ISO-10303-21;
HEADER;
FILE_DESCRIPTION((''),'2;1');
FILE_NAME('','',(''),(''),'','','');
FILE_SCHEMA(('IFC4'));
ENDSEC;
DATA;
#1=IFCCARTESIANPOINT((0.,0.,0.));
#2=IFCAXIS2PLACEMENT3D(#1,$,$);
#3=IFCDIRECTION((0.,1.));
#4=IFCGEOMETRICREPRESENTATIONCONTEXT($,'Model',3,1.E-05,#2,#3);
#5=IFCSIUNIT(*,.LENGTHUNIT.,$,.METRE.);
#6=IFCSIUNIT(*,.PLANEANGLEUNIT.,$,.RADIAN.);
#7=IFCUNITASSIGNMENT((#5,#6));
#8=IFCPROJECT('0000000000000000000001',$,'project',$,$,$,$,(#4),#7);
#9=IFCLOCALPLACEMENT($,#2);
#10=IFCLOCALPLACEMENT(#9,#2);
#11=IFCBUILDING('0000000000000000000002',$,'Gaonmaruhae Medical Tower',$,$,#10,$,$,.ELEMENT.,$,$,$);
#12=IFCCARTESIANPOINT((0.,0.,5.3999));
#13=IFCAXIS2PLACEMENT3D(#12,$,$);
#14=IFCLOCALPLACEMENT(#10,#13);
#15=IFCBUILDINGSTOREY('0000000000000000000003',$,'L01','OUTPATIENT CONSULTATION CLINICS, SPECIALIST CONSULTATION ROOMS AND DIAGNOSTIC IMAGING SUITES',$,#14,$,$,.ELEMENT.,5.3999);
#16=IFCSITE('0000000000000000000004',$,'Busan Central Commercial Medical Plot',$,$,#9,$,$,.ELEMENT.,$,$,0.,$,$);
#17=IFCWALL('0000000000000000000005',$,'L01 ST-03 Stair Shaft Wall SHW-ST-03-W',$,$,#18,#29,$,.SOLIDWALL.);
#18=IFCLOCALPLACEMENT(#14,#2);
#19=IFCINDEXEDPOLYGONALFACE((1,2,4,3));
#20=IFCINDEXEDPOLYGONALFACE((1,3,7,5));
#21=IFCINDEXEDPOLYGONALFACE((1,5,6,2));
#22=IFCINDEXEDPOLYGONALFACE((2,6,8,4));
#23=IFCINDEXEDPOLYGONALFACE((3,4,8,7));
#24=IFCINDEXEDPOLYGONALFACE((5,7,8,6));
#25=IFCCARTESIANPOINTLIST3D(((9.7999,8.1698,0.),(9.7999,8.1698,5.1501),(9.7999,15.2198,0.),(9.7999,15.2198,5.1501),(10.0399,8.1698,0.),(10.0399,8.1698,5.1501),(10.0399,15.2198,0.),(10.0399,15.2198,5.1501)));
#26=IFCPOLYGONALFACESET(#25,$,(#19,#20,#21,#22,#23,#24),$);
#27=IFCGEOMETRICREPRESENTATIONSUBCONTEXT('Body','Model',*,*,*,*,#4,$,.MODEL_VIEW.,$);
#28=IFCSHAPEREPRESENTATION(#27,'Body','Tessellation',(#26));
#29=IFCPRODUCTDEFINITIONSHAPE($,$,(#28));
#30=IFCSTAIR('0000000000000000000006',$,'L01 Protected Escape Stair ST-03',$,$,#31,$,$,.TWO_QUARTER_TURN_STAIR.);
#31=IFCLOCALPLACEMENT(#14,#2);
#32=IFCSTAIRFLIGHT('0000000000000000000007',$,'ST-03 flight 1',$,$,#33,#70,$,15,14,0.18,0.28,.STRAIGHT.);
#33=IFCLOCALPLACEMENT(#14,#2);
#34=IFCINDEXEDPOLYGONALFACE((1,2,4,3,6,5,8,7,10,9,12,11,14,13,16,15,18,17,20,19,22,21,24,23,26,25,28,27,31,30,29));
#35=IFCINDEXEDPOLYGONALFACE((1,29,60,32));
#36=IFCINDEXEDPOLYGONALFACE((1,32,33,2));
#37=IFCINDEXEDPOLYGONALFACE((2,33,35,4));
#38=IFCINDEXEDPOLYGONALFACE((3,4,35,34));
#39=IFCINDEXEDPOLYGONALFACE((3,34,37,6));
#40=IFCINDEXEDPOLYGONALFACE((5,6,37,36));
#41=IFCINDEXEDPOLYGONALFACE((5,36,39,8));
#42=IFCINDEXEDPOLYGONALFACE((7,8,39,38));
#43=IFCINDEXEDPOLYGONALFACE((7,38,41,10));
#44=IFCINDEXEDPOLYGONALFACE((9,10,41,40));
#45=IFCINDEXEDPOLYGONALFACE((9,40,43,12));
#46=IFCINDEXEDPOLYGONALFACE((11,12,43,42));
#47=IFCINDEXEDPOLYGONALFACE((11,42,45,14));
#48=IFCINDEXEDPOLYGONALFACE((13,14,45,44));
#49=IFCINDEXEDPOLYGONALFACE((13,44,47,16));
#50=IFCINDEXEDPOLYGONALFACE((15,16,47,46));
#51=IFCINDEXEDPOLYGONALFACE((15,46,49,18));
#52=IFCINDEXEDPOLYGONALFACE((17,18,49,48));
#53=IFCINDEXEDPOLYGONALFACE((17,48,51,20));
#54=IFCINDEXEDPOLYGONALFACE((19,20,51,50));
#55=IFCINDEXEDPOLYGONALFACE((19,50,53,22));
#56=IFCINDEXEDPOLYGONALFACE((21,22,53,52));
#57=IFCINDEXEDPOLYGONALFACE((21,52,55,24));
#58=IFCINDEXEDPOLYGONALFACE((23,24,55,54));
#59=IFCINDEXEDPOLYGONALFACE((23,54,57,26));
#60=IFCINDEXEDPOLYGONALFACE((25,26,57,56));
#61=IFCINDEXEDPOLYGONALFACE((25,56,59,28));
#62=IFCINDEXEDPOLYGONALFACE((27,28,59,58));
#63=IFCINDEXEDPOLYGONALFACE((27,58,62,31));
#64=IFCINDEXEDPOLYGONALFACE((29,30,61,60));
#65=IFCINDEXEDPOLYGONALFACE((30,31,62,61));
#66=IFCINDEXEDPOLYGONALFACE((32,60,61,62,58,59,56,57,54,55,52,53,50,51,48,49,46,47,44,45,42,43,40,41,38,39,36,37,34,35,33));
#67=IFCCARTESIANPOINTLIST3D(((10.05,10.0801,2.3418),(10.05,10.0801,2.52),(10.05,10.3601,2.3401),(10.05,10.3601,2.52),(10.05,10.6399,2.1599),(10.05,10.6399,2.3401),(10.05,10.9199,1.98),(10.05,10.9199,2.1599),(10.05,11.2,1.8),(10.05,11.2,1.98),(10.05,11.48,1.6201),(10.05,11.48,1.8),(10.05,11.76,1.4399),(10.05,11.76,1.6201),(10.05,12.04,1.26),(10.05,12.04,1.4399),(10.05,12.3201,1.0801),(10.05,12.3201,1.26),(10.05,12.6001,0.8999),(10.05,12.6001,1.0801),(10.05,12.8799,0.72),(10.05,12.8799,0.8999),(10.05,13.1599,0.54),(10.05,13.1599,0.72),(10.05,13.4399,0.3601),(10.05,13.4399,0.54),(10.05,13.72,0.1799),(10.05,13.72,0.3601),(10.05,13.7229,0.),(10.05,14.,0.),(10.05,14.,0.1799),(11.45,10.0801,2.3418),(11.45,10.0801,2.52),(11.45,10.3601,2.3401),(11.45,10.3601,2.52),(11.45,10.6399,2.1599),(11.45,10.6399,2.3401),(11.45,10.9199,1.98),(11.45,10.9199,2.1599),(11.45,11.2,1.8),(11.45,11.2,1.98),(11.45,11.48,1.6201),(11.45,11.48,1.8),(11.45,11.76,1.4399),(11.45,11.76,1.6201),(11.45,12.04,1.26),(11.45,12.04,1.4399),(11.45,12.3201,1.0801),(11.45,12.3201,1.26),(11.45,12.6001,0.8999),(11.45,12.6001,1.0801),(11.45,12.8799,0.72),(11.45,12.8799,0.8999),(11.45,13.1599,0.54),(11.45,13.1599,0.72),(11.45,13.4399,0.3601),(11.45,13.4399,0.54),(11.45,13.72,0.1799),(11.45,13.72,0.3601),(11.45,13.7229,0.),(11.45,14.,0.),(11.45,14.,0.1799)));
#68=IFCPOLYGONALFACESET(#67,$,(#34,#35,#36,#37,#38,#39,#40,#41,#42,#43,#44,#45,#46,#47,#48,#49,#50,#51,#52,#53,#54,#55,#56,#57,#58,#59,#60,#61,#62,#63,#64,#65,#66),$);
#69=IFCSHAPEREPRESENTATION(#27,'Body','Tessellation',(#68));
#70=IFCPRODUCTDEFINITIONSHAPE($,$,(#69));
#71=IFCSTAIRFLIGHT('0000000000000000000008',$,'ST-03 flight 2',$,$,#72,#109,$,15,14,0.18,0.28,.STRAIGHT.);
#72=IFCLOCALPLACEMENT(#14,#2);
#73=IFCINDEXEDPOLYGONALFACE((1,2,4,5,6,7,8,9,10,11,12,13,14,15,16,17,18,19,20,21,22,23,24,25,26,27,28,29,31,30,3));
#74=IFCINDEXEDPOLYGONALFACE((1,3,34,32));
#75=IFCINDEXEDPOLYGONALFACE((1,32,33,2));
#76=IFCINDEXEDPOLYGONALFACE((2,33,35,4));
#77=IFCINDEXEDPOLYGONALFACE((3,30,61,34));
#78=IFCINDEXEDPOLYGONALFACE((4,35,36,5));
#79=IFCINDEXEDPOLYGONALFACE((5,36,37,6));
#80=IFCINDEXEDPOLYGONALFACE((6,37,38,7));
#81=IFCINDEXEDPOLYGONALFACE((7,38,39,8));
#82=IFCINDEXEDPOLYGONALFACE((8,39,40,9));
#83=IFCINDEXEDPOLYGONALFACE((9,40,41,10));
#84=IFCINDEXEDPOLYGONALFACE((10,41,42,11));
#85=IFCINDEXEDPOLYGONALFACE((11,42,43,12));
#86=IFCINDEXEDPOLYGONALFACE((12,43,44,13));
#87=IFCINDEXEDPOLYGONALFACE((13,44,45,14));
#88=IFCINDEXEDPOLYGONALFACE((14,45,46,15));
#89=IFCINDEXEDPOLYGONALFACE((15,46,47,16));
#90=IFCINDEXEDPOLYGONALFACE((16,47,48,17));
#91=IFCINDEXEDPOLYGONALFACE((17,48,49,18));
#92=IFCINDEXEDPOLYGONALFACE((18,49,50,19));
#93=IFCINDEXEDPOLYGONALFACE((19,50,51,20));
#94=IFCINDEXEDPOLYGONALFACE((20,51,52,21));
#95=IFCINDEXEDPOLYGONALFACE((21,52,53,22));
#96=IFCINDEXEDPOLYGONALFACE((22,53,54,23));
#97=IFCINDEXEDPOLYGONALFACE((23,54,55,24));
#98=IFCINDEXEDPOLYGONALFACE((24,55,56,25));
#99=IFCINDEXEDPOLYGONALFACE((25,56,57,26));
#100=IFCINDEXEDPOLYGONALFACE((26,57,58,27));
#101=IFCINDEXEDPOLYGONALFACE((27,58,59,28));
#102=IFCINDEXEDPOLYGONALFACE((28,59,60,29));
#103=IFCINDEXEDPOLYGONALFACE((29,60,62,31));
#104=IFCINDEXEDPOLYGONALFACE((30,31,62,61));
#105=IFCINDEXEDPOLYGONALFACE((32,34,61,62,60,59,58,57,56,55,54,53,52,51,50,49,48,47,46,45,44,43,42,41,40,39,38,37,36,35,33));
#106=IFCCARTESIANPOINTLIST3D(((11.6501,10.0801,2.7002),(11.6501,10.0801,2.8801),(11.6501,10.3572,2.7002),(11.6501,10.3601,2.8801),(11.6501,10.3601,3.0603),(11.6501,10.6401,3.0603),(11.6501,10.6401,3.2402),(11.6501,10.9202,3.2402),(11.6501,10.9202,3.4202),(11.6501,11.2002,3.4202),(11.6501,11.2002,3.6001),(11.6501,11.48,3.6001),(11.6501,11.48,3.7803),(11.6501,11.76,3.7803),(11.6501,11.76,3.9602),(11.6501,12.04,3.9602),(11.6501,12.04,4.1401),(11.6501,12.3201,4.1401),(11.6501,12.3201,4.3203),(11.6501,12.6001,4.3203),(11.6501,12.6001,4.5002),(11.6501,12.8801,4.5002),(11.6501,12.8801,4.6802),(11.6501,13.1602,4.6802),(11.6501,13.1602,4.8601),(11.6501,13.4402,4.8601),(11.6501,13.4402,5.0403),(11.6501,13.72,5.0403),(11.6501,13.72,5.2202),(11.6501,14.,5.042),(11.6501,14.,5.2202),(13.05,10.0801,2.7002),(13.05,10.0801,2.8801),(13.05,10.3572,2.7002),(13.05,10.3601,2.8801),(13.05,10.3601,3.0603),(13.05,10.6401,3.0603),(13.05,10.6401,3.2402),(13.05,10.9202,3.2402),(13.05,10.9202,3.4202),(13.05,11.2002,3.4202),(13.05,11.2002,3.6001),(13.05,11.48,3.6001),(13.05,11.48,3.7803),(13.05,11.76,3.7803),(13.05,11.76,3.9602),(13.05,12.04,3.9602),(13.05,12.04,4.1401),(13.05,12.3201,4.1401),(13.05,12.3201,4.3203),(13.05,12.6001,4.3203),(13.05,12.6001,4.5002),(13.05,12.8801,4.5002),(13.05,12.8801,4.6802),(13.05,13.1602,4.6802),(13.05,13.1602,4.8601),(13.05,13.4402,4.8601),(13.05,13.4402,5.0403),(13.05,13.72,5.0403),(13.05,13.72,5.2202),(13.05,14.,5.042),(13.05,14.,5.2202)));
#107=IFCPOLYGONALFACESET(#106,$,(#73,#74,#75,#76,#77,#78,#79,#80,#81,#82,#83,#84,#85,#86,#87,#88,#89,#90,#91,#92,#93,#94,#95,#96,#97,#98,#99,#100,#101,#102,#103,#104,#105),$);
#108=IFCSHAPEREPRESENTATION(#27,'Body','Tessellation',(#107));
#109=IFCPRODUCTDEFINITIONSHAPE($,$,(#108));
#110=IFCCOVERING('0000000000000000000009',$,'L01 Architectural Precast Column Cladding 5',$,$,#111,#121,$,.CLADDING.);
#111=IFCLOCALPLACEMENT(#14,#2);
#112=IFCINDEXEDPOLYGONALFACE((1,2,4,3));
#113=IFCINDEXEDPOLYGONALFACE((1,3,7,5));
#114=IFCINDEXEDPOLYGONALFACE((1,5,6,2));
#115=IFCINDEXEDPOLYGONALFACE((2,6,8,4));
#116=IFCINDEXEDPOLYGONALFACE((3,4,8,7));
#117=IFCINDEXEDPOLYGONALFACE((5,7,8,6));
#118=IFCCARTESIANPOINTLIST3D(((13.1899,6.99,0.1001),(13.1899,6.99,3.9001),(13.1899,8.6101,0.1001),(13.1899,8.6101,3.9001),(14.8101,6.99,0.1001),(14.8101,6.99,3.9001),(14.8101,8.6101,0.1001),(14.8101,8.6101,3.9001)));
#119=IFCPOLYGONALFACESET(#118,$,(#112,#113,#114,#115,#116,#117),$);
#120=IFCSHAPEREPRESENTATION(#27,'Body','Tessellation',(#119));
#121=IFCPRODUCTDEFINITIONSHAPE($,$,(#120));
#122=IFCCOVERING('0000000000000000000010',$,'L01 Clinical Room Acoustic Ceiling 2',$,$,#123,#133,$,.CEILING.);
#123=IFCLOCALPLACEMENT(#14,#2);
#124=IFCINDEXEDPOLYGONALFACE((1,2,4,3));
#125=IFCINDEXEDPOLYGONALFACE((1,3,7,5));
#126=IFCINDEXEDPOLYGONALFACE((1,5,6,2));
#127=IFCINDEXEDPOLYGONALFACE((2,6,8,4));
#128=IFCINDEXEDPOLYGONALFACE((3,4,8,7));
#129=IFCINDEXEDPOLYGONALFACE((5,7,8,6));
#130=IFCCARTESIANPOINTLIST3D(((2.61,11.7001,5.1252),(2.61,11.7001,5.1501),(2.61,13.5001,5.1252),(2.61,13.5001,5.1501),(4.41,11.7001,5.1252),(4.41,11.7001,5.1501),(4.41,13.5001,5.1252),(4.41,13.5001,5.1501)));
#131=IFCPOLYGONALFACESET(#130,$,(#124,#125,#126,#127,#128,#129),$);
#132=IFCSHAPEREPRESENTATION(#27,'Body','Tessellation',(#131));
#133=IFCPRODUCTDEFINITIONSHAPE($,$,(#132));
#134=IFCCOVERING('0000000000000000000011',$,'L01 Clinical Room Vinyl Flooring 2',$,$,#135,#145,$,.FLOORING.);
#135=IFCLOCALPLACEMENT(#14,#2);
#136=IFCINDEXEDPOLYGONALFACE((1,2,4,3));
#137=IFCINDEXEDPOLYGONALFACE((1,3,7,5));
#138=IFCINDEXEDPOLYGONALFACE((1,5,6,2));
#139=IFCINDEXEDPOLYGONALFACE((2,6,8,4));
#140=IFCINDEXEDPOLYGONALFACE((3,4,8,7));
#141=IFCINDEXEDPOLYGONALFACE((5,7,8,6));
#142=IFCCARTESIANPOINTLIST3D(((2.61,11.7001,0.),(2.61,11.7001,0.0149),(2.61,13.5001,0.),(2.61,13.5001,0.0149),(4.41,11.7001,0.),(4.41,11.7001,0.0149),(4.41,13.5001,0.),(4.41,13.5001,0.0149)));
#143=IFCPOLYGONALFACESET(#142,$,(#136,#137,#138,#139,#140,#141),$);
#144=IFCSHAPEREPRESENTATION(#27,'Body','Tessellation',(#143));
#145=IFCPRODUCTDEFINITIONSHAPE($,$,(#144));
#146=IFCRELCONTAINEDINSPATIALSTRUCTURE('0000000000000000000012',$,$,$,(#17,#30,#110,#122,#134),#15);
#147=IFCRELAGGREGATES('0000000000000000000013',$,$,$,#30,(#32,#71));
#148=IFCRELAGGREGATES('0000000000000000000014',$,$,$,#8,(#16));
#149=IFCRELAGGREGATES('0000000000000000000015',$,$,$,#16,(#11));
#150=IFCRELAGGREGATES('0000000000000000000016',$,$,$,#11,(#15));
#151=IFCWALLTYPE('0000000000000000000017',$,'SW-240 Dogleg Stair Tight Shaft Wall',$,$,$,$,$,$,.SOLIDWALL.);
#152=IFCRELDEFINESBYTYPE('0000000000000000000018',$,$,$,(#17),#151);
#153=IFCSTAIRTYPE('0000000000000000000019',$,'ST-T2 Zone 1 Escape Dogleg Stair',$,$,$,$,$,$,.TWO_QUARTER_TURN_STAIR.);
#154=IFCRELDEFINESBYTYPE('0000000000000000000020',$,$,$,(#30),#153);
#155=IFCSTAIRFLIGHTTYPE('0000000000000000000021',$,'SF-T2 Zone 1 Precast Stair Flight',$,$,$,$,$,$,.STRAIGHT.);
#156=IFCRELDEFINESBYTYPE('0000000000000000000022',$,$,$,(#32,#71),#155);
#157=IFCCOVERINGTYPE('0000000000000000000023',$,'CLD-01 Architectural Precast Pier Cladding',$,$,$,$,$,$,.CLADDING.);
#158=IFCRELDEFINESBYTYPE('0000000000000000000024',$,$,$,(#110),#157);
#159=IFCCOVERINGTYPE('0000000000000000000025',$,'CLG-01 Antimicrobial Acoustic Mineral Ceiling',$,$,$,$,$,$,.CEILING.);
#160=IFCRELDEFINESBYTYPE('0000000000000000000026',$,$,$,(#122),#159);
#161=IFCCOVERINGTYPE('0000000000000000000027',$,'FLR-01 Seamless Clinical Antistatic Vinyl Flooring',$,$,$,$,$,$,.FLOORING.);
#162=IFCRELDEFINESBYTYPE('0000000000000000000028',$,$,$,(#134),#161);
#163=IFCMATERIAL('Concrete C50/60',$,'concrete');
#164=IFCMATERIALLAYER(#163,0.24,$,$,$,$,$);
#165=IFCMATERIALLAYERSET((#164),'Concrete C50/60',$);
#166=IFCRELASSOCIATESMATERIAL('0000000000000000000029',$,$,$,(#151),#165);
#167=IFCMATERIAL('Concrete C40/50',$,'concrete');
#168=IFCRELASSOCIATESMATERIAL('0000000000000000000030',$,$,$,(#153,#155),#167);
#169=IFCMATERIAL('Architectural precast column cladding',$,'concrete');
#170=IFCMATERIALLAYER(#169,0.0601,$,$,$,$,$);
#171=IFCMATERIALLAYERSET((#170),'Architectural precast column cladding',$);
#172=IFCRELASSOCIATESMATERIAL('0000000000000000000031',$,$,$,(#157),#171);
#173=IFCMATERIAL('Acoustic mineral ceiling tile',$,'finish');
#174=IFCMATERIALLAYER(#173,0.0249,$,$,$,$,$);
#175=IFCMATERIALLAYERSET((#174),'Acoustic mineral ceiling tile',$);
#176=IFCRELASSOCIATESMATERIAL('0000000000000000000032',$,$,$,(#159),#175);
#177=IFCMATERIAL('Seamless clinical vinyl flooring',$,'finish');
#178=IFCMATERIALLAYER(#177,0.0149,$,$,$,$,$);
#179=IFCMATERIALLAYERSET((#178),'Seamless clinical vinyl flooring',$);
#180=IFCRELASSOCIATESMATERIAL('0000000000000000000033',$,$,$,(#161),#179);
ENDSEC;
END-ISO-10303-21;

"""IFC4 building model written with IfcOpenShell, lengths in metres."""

from ifc_helpers import new_model, si_unit, direction, frame, frame_2d, origin, origin_2d, place, context, subcontext, project, spatial, polyline, rectangle, outline, extrude, material, layer, layer_set, type_object, element, aggregate, save


model = new_model("IFC4")

# Units and contexts
model_context = context("Model", 3, precision=1e-05, world=origin(), true_north=direction((0.0, 1.0)))
body_context = subcontext(model_context, "Body", "Model", "MODEL_VIEW")
ifc_project = project(units=[si_unit("LENGTHUNIT", "METRE"), si_unit("PLANEANGLEUNIT", "RADIAN")], contexts=[model_context])

# Site, building, storey
site_placement = place(None, origin())
site = spatial("IfcSite", under=ifc_project, at=site_placement, Name="Busan Central Commercial Medical Plot", CompositionType="ELEMENT", RefElevation=0.0)
building_placement = place(site_placement, origin())
building = spatial("IfcBuilding", under=site, at=building_placement, Name="Gaonmaruhae Medical Tower", CompositionType="ELEMENT")
storey_placement = place(building_placement, frame((0.0, 0.0, 5.3999)))
storey = spatial("IfcBuildingStorey", under=building, at=storey_placement, Name="L01", Description="OUTPATIENT CONSULTATION CLINICS, SPECIALIST CONSULTATION ROOMS AND DIAGNOSTIC IMAGING SUITES", CompositionType="ELEMENT", Elevation=5.3999)

# Shared definitions
ifc_material_1 = material(Name="Concrete C50/60", Category="concrete")

# Shared definitions
ifc_layer_1 = layer(ifc_material_1, 0.24)
ifc_layer_set_1 = layer_set([ifc_layer_1], Name="Concrete C50/60")
wall_type_1 = type_object("IfcWallType", Name="SW-240 Dogleg Stair Tight Shaft Wall", PredefinedType="SOLIDWALL", material=ifc_layer_set_1)

# Wall
wall_1_placement = place(storey_placement, frame((9.9199, 8.1699, 0.0), z_axis=(0.0, 0.0, 1.0), x_axis=(0.0, 1.0, 0.0)))
element("IfcWall", 1, at=wall_1_placement, inside=storey, type_object=wall_type_1, Name="L01 ST-03 Stair Shaft Wall SHW-ST-03-W", PredefinedType="SOLIDWALL", context=body_context, shape_type="SweptSolid", body=[
    extrude(rectangle(XDim=7.05, YDim=0.24, at=frame_2d((3.5249, 0.0))), origin(), (0.0, 0.0, 1.0), 5.1501),
])

# Stair, stair flights
ifc_material_2 = material(Name="Concrete C40/50", Category="concrete")
stair_type = type_object("IfcStairType", Name="ST-T2 Zone 1 Escape Dogleg Stair", PredefinedType="TWO_QUARTER_TURN_STAIR", material=ifc_material_2)
stair_placement = place(storey_placement, origin())
stair = element("IfcStair", 2, at=stair_placement, inside=storey, type_object=stair_type, Name="L01 Protected Escape Stair ST-03", PredefinedType="TWO_QUARTER_TURN_STAIR")
stair_flight_type = type_object("IfcStairFlightType", Name="SF-T2 Zone 1 Precast Stair Flight", PredefinedType="STRAIGHT", material=ifc_material_2)
stair_flight_1_placement = place(storey_placement, frame((10.75, 14.0, 0.0), z_axis=(0.0, 0.0, 1.0), x_axis=(0.0, -1.0, 0.0)))
stair_flight_1 = element("IfcStairFlight", 3, at=stair_flight_1_placement, type_object=stair_flight_type, Name="ST-03 flight 1", NumberOfRisers=15, NumberOfTreads=14, PredefinedType="STRAIGHT", RiserHeight=0.18, TreadLength=0.28, context=body_context, shape_type="SweptSolid", body=[
    extrude(outline(polyline([(0.0, 0.0), (0.0, 0.1799), (0.28, 0.1799), (0.28, 0.3601), (0.5601, 0.3601), (0.5601, 0.54), (0.8401, 0.54), (0.8401, 0.72), (1.1201, 0.72), (1.1201, 0.8999), (1.3999, 0.8999), (1.3999, 1.0801), (1.6799, 1.0801), (1.6799, 1.26), (1.96, 1.26), (1.96, 1.4399), (2.24, 1.4399), (2.24, 1.6201), (2.52, 1.6201), (2.52, 1.8), (2.8, 1.8), (2.8, 1.98), (3.0801, 1.98), (3.0801, 2.1599), (3.3601, 2.1599), (3.3601, 2.3401), (3.6399, 2.3401), (3.6399, 2.52), (3.9199, 2.52), (3.9199, 2.7), (3.9199, 2.3418), (0.2771, 0.0), (0.0, 0.0)])), frame((0.0, 0.7, 0.0), z_axis=(0.0, -1.0, 0.0), x_axis=(1.0, 0.0, 0.0)), (0.0, 0.0, 1.0), 1.3999),
])
stair_flight_2_placement = place(storey_placement, frame((12.3501, 10.0801, 2.7002), z_axis=(0.0, 0.0, 1.0), x_axis=(0.0, 1.0, 0.0)))
stair_flight_2 = element("IfcStairFlight", 4, at=stair_flight_2_placement, type_object=stair_flight_type, Name="ST-03 flight 2", NumberOfRisers=15, NumberOfTreads=14, PredefinedType="STRAIGHT", RiserHeight=0.18, TreadLength=0.28, context=body_context, shape_type="SweptSolid", body=[
    extrude(outline(polyline([(0.0, 0.0), (0.0, 0.1799), (0.28, 0.1799), (0.28, 0.3601), (0.5601, 0.3601), (0.5601, 0.54), (0.8401, 0.54), (0.8401, 0.72), (1.1201, 0.72), (1.1201, 0.8999), (1.3999, 0.8999), (1.3999, 1.0801), (1.6799, 1.0801), (1.6799, 1.26), (1.96, 1.26), (1.96, 1.4399), (2.24, 1.4399), (2.24, 1.6201), (2.52, 1.6201), (2.52, 1.8), (2.8, 1.8), (2.8, 1.98), (3.0801, 1.98), (3.0801, 2.1599), (3.3601, 2.1599), (3.3601, 2.3401), (3.6399, 2.3401), (3.6399, 2.52), (3.9199, 2.52), (3.9199, 2.7), (3.9199, 2.3418), (0.2771, 0.0), (0.0, 0.0)])), frame((0.0, 0.7, 0.0), z_axis=(0.0, -1.0, 0.0), x_axis=(1.0, 0.0, 0.0)), (0.0, 0.0, 1.0), 1.3999),
])
aggregate(stair, [stair_flight_1, stair_flight_2])

# Coverings
ifc_material_3 = material(Name="Architectural precast column cladding", Category="concrete")
ifc_layer_2 = layer(ifc_material_3, 0.0601)
ifc_layer_set_2 = layer_set([ifc_layer_2], Name="Architectural precast column cladding")
covering_type_1 = type_object("IfcCoveringType", Name="CLD-01 Architectural Precast Pier Cladding", PredefinedType="CLADDING", material=ifc_layer_set_2)
covering_1_placement = place(storey_placement, frame((14.0, 7.8, 0.1001), z_axis=(0.0, 0.0, 1.0), x_axis=(1.0, 0.0, 0.0)))
element("IfcCovering", 5, at=covering_1_placement, inside=storey, type_object=covering_type_1, Name="L01 Architectural Precast Column Cladding 5", PredefinedType="CLADDING", context=body_context, shape_type="SweptSolid", body=[
    extrude(rectangle(XDim=1.6201, YDim=1.6201, at=origin_2d()), origin(), (0.0, 0.0, 1.0), 3.8),
])
ifc_material_4 = material(Name="Acoustic mineral ceiling tile", Category="finish")
ifc_layer_3 = layer(ifc_material_4, 0.0249)
ifc_layer_set_3 = layer_set([ifc_layer_3], Name="Acoustic mineral ceiling tile")
covering_type_2 = type_object("IfcCoveringType", Name="CLG-01 Antimicrobial Acoustic Mineral Ceiling", PredefinedType="CEILING", material=ifc_layer_set_3)
covering_2_placement = place(storey_placement, frame((3.51, 12.6001, 5.1252), z_axis=(0.0, 0.0, 1.0), x_axis=(1.0, 0.0, 0.0)))
element("IfcCovering", 6, at=covering_2_placement, inside=storey, type_object=covering_type_2, Name="L01 Clinical Room Acoustic Ceiling 2", PredefinedType="CEILING", context=body_context, shape_type="SweptSolid", body=[
    extrude(rectangle(XDim=1.8, YDim=1.8, at=origin_2d()), origin(), (0.0, 0.0, 1.0), 0.0249),
])
ifc_material_5 = material(Name="Seamless clinical vinyl flooring", Category="finish")
ifc_layer_4 = layer(ifc_material_5, 0.0149)
ifc_layer_set_4 = layer_set([ifc_layer_4], Name="Seamless clinical vinyl flooring")
covering_type_3 = type_object("IfcCoveringType", Name="FLR-01 Seamless Clinical Antistatic Vinyl Flooring", PredefinedType="FLOORING", material=ifc_layer_set_4)
covering_3_placement = place(storey_placement, frame((3.51, 12.6001, 0.0), z_axis=(0.0, 0.0, 1.0), x_axis=(1.0, 0.0, 0.0)))
element("IfcCovering", 7, at=covering_3_placement, inside=storey, type_object=covering_type_3, Name="L01 Clinical Room Vinyl Flooring 2", PredefinedType="FLOORING", context=body_context, shape_type="SweptSolid", body=[
    extrude(rectangle(XDim=1.8, YDim=1.8, at=origin_2d()), origin(), (0.0, 0.0, 1.0), 0.0149),
])

save(model, "model.ifc")
